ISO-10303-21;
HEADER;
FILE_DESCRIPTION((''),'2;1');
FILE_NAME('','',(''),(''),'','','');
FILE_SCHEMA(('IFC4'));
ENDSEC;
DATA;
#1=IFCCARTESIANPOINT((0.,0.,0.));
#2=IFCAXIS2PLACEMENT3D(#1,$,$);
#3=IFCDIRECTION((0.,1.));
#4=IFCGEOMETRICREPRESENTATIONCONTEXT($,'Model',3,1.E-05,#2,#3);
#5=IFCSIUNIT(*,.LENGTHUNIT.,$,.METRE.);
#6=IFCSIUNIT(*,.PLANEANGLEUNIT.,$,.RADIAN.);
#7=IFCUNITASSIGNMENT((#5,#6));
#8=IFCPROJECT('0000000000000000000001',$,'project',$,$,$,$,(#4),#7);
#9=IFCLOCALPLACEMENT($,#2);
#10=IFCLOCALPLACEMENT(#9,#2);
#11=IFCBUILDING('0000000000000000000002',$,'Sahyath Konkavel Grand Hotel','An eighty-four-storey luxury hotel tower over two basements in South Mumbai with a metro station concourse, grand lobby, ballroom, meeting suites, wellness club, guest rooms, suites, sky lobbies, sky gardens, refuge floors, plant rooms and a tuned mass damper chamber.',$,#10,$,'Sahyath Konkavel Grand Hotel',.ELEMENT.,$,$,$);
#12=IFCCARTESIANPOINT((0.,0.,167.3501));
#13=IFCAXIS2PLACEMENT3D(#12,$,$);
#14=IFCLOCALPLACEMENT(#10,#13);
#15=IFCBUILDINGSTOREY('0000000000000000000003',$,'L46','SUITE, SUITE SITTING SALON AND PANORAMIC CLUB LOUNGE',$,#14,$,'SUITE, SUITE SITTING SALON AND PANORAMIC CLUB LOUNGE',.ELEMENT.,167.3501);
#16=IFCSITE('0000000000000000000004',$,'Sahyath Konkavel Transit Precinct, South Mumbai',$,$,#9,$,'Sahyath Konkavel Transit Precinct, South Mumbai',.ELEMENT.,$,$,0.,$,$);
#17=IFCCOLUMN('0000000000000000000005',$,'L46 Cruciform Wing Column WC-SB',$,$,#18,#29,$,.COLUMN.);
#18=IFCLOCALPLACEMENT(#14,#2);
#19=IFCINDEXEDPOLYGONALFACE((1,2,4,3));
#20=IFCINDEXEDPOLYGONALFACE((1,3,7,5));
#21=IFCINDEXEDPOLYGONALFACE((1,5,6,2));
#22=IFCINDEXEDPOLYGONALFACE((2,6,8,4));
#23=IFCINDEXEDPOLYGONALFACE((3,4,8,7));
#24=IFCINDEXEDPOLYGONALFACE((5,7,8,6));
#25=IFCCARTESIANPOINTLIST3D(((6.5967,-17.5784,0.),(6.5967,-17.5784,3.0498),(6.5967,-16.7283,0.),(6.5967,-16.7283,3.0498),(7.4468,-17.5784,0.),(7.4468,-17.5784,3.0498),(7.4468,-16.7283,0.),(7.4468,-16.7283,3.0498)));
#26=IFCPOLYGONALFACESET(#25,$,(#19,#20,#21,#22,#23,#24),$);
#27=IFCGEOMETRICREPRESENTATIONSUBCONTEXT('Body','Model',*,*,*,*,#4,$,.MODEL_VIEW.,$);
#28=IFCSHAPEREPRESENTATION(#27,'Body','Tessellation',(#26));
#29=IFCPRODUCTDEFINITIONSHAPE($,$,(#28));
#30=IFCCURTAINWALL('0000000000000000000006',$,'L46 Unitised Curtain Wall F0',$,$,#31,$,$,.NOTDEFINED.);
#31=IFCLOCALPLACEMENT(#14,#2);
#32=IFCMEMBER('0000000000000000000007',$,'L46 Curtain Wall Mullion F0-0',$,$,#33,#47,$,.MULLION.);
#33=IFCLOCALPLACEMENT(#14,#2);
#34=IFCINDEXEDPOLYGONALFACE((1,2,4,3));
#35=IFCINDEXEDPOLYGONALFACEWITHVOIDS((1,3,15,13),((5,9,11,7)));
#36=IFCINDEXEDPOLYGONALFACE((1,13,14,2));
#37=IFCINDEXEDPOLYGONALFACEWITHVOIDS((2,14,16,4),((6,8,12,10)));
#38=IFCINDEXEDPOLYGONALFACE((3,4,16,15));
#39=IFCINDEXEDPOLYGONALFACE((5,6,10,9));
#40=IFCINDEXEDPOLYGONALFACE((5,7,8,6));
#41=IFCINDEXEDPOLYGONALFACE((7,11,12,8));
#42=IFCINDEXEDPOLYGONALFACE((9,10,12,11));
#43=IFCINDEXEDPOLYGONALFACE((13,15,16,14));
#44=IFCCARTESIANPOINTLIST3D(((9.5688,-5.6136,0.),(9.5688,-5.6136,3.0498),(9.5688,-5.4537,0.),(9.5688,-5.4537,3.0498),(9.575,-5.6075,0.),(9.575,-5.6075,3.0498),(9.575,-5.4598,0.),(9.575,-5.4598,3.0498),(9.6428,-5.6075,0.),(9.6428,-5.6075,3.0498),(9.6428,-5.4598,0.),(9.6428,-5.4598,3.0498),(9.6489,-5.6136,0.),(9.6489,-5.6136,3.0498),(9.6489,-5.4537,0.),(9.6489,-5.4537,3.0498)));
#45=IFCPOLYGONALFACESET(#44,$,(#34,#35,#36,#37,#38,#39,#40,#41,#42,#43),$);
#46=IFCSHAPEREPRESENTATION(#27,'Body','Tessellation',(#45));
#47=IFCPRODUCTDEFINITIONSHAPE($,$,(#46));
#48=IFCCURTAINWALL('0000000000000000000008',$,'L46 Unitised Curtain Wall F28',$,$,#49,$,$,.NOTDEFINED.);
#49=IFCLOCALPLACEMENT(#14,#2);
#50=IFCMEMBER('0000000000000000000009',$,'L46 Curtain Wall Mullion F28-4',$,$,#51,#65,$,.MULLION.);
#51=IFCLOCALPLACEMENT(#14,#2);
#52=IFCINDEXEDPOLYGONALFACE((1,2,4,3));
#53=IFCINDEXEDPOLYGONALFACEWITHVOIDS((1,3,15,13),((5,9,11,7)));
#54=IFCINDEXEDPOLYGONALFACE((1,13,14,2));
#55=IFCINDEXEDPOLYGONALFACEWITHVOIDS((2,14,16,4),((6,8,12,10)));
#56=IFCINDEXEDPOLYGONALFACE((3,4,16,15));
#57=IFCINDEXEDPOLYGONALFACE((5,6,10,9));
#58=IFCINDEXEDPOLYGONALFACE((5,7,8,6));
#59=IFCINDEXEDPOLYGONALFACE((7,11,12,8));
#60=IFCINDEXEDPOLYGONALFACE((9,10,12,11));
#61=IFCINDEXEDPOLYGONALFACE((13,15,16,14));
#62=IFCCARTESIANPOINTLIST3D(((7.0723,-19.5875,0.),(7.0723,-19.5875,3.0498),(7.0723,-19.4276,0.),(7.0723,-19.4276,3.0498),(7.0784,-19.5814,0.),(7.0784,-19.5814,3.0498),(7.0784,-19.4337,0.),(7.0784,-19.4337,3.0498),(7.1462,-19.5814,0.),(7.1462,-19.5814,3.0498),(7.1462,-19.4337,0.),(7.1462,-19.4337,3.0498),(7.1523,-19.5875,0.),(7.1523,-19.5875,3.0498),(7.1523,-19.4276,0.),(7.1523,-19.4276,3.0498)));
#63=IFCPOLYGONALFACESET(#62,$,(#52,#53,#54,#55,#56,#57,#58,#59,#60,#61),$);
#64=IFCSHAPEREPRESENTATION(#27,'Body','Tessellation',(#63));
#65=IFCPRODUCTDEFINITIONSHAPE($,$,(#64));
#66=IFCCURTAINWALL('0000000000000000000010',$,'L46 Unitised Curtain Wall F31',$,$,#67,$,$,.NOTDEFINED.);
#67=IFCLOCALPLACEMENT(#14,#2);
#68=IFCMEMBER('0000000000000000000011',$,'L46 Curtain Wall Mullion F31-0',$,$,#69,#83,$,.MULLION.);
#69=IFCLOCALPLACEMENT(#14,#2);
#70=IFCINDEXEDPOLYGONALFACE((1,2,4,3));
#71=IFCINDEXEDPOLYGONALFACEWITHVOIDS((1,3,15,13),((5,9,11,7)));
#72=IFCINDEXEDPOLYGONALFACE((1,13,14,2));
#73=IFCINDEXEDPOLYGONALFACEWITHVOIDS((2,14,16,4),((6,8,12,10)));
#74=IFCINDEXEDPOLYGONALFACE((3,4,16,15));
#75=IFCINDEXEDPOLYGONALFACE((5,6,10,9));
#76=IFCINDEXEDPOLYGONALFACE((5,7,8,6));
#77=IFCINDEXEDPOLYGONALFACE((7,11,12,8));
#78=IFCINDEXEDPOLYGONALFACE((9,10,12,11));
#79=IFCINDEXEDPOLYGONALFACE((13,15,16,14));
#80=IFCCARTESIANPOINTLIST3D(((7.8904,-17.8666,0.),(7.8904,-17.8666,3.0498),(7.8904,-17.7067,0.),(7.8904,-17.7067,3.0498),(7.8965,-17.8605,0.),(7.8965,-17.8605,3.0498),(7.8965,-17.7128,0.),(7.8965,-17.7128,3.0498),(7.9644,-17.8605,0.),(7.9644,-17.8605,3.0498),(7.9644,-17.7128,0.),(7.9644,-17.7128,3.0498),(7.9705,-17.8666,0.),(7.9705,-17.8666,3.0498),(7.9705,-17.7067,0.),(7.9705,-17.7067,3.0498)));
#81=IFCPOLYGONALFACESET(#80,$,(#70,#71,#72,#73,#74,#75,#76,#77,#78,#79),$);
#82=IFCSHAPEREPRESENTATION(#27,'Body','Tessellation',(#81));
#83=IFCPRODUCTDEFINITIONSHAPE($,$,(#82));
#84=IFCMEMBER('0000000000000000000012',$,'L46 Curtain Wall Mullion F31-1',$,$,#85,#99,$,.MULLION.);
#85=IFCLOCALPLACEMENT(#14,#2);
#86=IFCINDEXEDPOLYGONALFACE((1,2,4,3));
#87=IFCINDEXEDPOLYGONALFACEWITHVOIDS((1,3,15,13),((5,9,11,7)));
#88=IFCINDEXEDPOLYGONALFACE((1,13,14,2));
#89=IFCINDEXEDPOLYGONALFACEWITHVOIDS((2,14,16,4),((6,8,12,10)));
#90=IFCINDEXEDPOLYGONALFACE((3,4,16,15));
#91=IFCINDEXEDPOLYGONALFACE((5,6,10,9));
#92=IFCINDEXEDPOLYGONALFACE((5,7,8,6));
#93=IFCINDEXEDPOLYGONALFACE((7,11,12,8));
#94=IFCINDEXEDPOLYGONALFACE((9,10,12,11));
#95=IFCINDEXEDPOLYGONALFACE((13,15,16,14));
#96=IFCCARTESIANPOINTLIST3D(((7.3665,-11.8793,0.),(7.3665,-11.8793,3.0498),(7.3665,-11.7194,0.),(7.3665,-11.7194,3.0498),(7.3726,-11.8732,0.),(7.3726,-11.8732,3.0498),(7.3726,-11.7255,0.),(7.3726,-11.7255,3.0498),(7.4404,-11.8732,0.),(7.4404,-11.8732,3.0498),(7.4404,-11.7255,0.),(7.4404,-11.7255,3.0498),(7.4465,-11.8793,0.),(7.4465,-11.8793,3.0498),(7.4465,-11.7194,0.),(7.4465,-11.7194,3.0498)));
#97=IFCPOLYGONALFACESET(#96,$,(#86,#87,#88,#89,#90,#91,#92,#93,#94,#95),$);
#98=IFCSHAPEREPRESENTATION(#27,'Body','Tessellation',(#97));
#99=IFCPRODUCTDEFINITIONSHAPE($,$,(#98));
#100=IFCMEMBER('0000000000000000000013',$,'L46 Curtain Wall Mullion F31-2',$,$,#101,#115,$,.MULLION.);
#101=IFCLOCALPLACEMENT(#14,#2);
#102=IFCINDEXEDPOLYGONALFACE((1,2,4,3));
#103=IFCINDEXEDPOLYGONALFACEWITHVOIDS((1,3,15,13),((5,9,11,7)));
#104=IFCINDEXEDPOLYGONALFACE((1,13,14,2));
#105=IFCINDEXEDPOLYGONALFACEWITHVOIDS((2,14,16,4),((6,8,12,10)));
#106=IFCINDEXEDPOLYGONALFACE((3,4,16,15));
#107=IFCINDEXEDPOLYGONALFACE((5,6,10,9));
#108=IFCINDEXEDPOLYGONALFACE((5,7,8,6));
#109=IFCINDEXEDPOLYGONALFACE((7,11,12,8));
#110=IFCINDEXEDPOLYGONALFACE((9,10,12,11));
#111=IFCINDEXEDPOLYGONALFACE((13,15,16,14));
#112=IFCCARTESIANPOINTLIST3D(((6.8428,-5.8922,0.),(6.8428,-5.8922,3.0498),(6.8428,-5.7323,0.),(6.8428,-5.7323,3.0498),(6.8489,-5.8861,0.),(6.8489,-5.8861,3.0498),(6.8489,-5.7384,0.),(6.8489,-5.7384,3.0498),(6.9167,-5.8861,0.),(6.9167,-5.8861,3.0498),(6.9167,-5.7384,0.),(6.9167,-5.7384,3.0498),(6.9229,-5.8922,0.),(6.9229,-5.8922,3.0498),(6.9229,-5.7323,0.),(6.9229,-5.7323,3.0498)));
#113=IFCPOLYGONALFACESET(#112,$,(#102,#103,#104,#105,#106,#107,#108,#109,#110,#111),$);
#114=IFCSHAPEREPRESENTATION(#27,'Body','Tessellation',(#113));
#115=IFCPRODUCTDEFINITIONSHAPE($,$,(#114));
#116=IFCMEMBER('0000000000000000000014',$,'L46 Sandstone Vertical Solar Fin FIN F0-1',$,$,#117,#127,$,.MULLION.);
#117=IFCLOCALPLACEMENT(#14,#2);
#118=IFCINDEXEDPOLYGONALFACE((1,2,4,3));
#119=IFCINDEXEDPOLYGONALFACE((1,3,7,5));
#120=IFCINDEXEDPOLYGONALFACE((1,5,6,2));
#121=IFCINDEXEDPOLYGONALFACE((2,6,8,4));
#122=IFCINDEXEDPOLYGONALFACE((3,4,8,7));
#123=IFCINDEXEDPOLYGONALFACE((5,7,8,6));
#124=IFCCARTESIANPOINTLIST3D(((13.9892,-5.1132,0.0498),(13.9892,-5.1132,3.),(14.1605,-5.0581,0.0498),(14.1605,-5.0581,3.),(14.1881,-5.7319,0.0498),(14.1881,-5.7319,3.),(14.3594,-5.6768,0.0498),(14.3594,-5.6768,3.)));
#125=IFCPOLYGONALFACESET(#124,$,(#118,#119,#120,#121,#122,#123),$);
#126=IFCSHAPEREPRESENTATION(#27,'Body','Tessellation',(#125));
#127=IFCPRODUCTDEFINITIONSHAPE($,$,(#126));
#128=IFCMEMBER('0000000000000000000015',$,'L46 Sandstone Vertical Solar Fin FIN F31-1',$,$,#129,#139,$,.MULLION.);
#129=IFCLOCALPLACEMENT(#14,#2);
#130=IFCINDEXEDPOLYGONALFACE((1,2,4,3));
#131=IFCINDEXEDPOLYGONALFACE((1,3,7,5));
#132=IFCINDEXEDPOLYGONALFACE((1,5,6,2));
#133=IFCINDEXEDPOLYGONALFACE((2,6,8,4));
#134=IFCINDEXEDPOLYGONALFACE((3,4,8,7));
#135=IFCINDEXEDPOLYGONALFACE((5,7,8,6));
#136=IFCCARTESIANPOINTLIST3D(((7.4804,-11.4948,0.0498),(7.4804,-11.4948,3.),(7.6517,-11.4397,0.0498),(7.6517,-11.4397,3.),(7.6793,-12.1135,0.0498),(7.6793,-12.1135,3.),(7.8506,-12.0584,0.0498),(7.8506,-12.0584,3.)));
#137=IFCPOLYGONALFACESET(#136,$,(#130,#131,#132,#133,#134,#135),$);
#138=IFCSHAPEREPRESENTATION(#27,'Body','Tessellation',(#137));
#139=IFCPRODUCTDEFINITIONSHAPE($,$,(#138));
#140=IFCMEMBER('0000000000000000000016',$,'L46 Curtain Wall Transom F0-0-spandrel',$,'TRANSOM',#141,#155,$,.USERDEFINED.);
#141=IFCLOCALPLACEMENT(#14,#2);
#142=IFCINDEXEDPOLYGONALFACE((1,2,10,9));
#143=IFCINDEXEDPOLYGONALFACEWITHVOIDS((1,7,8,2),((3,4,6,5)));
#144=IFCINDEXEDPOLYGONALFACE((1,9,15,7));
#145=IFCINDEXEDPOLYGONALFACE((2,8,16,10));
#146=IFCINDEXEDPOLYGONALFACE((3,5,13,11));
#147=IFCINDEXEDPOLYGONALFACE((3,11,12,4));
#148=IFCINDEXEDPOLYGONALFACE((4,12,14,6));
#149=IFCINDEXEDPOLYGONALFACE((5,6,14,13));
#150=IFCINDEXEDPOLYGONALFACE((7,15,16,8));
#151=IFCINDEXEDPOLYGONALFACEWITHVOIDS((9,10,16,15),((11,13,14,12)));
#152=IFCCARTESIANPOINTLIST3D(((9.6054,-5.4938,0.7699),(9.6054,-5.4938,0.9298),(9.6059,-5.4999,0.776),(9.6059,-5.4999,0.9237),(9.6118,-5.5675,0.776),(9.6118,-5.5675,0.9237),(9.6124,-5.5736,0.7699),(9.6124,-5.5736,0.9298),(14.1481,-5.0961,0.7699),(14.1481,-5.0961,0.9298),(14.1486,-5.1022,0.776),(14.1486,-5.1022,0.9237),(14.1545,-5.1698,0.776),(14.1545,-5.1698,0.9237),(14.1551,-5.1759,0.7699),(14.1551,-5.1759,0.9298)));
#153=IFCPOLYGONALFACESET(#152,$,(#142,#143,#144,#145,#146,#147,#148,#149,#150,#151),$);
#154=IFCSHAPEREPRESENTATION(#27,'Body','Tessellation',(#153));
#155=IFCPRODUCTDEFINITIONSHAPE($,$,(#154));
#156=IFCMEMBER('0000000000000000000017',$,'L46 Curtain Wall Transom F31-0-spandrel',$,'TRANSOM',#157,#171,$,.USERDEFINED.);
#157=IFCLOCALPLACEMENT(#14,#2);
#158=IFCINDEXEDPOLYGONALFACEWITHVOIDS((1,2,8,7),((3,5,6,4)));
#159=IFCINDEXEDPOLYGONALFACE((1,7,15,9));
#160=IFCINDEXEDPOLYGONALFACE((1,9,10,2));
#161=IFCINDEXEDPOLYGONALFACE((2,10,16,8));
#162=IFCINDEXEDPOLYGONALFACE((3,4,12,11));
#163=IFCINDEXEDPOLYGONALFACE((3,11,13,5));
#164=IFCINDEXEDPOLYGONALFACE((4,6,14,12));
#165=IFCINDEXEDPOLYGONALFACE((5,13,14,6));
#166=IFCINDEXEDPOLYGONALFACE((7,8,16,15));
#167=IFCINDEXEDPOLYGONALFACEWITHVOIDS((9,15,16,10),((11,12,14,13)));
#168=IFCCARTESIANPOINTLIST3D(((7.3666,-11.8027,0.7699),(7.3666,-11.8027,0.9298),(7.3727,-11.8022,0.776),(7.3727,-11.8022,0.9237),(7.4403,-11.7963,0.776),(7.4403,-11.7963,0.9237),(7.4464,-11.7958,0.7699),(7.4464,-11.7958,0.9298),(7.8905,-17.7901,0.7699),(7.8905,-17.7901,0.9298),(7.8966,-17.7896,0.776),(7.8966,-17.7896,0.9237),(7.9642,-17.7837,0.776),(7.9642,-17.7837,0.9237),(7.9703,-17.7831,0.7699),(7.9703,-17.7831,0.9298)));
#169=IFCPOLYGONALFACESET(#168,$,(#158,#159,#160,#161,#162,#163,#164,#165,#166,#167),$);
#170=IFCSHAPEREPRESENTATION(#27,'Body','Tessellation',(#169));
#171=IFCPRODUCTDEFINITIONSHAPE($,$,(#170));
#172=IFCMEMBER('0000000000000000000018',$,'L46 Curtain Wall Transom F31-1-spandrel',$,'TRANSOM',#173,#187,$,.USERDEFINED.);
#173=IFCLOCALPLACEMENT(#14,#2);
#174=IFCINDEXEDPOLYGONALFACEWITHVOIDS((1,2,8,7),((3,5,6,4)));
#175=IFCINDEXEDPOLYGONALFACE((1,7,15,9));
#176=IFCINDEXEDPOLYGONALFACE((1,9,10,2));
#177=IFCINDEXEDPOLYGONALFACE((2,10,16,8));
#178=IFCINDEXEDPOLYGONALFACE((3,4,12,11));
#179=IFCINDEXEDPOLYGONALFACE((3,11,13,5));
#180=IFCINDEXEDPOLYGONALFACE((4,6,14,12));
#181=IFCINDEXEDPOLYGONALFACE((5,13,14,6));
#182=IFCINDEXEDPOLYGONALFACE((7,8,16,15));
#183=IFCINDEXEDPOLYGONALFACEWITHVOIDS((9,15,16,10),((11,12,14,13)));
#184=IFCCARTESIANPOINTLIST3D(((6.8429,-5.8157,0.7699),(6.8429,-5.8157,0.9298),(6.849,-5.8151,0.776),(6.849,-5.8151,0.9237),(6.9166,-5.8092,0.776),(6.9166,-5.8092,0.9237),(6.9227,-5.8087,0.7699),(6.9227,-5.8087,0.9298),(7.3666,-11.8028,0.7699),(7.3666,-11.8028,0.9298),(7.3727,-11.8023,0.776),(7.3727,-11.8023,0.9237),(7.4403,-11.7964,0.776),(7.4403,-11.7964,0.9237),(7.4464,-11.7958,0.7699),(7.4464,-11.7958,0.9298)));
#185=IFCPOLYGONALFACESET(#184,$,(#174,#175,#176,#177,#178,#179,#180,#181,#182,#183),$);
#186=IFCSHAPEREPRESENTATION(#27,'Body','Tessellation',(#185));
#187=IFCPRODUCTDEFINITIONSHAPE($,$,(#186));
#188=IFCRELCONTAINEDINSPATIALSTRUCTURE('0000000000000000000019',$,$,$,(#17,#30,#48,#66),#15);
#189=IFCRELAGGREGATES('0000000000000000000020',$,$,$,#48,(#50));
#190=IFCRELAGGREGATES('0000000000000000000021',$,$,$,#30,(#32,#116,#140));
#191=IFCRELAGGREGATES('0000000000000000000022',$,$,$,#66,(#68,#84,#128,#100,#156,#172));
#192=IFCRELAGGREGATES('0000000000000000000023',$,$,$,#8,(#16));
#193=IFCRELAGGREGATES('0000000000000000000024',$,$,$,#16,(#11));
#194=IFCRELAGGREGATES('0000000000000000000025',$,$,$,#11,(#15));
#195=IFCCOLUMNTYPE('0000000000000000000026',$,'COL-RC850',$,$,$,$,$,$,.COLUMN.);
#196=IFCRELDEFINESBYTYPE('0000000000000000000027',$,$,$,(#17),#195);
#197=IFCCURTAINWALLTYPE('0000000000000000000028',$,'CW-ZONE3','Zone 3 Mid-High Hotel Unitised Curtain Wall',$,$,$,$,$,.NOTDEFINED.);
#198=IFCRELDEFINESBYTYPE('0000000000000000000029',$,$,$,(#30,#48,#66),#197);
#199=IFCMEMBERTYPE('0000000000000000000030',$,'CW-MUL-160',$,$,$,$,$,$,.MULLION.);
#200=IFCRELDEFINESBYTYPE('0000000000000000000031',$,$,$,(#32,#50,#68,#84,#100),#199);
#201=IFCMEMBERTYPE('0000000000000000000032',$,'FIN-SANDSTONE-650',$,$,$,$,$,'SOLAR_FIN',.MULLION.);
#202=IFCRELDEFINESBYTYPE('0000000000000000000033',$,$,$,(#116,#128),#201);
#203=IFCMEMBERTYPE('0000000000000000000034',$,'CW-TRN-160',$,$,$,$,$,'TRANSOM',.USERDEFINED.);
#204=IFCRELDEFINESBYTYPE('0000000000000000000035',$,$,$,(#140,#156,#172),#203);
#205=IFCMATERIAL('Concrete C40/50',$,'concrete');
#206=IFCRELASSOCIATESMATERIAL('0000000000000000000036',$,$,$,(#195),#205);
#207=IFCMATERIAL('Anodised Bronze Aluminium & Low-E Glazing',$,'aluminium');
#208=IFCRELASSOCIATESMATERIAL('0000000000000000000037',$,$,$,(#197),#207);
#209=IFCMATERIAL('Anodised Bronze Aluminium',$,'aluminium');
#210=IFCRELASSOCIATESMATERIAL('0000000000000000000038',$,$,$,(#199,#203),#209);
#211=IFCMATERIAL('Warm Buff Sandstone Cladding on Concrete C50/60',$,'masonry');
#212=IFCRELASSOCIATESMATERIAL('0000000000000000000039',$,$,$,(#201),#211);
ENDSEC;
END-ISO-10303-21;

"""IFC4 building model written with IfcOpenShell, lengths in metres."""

from ifc_helpers import new_model, si_unit, direction, frame, origin, origin_2d, place, context, subcontext, project, spatial, rectangle, hollow_rectangle, extrude, source, transform, mapped, material, material_profile, profile_set, type_object, element, aggregate, save


model = new_model("IFC4")

# Units and contexts
model_context = context("Model", 3, precision=1e-05, world=origin(), true_north=direction((0.0, 1.0)))
body_context = subcontext(model_context, "Body", "Model", "MODEL_VIEW")
ifc_project = project(units=[si_unit("LENGTHUNIT", "METRE"), si_unit("PLANEANGLEUNIT", "RADIAN")], contexts=[model_context])

# Site, building, storey
site_placement = place(None, origin())
site = spatial("IfcSite", under=ifc_project, at=site_placement, Name="Sahyath Konkavel Transit Precinct, South Mumbai", LongName="Sahyath Konkavel Transit Precinct, South Mumbai", CompositionType="ELEMENT", RefElevation=0.0)
building_placement = place(site_placement, origin())
building = spatial("IfcBuilding", under=site, at=building_placement, Name="Sahyath Konkavel Grand Hotel", Description="An eighty-four-storey luxury hotel tower over two basements in South Mumbai with a metro station concourse, grand lobby, ballroom, meeting suites, wellness club, guest rooms, suites, sky lobbies, sky gardens, refuge floors, plant rooms and a tuned mass damper chamber.", LongName="Sahyath Konkavel Grand Hotel", CompositionType="ELEMENT")
storey_placement = place(building_placement, frame((0.0, 0.0, 167.3501)))
storey = spatial("IfcBuildingStorey", under=building, at=storey_placement, Name="L46", Description="SUITE, SUITE SITTING SALON AND PANORAMIC CLUB LOUNGE", LongName="SUITE, SUITE SITTING SALON AND PANORAMIC CLUB LOUNGE", CompositionType="ELEMENT", Elevation=167.3501)

# Column
ifc_material_1 = material(Name="Concrete C40/50", Category="concrete")
ifc_material_profile_1 = material_profile(ifc_material_1, rectangle(XDim=0.8501, YDim=0.8501, at=origin_2d()), Name="RC 850x850")
ifc_profile_set_1 = profile_set([ifc_material_profile_1], Name="Concrete C40/50")
column_type = type_object("IfcColumnType", Name="COL-RC850", PredefinedType="COLUMN", material=ifc_profile_set_1)
shared_shape_1 = source(origin(), body_context, "Body", "SweptSolid", [
    extrude(rectangle(XDim=0.8501, YDim=0.8501, at=origin_2d()), origin(), (0.0, 0.0, 1.0), 3.0498),
])
column_placement = place(storey_placement, frame((7.0217, -17.1533, 0.0), z_axis=(0.0, 0.0, 1.0), x_axis=(1.0, 0.0, 0.0)))
element("IfcColumn", 1, at=column_placement, inside=storey, type_object=column_type, Name="L46 Cruciform Wing Column WC-SB", PredefinedType="COLUMN", context=body_context, shape_type="MappedRepresentation", body=[
    mapped(shared_shape_1, transform((0.0, 0.0, 0.0), scale=1.0)),
])

# Curtain walls, members
ifc_material_2 = material(Name="Anodised Bronze Aluminium & Low-E Glazing", Category="aluminium")
curtain_wall_type = type_object("IfcCurtainWallType", Name="CW-ZONE3", Description="Zone 3 Mid-High Hotel Unitised Curtain Wall", PredefinedType="NOTDEFINED", material=ifc_material_2)
curtain_wall_1_placement = place(storey_placement, origin())
curtain_wall_1 = element("IfcCurtainWall", 2, at=curtain_wall_1_placement, inside=storey, type_object=curtain_wall_type, Name="L46 Unitised Curtain Wall F0", PredefinedType="NOTDEFINED")
ifc_material_3 = material(Name="Anodised Bronze Aluminium", Category="aluminium")
ifc_material_profile_2 = material_profile(ifc_material_3, hollow_rectangle(XDim=0.0801, YDim=0.1599, WallThickness=0.0061, at=origin_2d()), Name="RHS 160x80x6")
ifc_profile_set_2 = profile_set([ifc_material_profile_2], Name="Anodised Bronze Aluminium")
member_type_1 = type_object("IfcMemberType", Name="CW-MUL-160", PredefinedType="MULLION", material=ifc_profile_set_2)
shared_shape_2 = source(origin(), body_context, "Body", "SweptSolid", [
    extrude(hollow_rectangle(XDim=0.0801, YDim=0.1599, WallThickness=0.0061, at=origin_2d()), origin(), (0.0, 0.0, 1.0), 3.0498),
])
member_1_placement = place(storey_placement, frame((9.6089, -5.5337, 0.0), z_axis=(0.0, 0.0, 1.0), x_axis=(1.0, 0.0, 0.0)))
member_1 = element("IfcMember", 3, at=member_1_placement, type_object=member_type_1, Name="L46 Curtain Wall Mullion F0-0", PredefinedType="MULLION", context=body_context, shape_type="MappedRepresentation", body=[
    mapped(shared_shape_2, transform((0.0, 0.0, 0.0), scale=1.0)),
])
curtain_wall_2_placement = place(storey_placement, origin())
curtain_wall_2 = element("IfcCurtainWall", 4, at=curtain_wall_2_placement, inside=storey, type_object=curtain_wall_type, Name="L46 Unitised Curtain Wall F28", PredefinedType="NOTDEFINED")
member_2_placement = place(storey_placement, frame((7.1123, -19.5076, 0.0), z_axis=(0.0, 0.0, 1.0), x_axis=(1.0, 0.0, 0.0)))
member_2 = element("IfcMember", 5, at=member_2_placement, type_object=member_type_1, Name="L46 Curtain Wall Mullion F28-4", PredefinedType="MULLION", context=body_context, shape_type="MappedRepresentation", body=[
    mapped(shared_shape_2, transform((0.0, 0.0, 0.0), scale=1.0)),
])
aggregate(curtain_wall_2, [member_2])

# Curtain wall, members
curtain_wall_3_placement = place(storey_placement, origin())
curtain_wall_3 = element("IfcCurtainWall", 6, at=curtain_wall_3_placement, inside=storey, type_object=curtain_wall_type, Name="L46 Unitised Curtain Wall F31", PredefinedType="NOTDEFINED")
member_3_placement = place(storey_placement, frame((7.9304, -17.7866, 0.0), z_axis=(0.0, 0.0, 1.0), x_axis=(1.0, 0.0, 0.0)))
member_3 = element("IfcMember", 7, at=member_3_placement, type_object=member_type_1, Name="L46 Curtain Wall Mullion F31-0", PredefinedType="MULLION", context=body_context, shape_type="MappedRepresentation", body=[
    mapped(shared_shape_2, transform((0.0, 0.0, 0.0), scale=1.0)),
])
member_4_placement = place(storey_placement, frame((7.4065, -11.7993, 0.0), z_axis=(0.0, 0.0, 1.0), x_axis=(1.0, 0.0, 0.0)))
member_4 = element("IfcMember", 8, at=member_4_placement, type_object=member_type_1, Name="L46 Curtain Wall Mullion F31-1", PredefinedType="MULLION", context=body_context, shape_type="MappedRepresentation", body=[
    mapped(shared_shape_2, transform((0.0, 0.0, 0.0), scale=1.0)),
])
member_5_placement = place(storey_placement, frame((6.8828, -5.8123, 0.0), z_axis=(0.0, 0.0, 1.0), x_axis=(1.0, 0.0, 0.0)))
member_5 = element("IfcMember", 9, at=member_5_placement, type_object=member_type_1, Name="L46 Curtain Wall Mullion F31-2", PredefinedType="MULLION", context=body_context, shape_type="MappedRepresentation", body=[
    mapped(shared_shape_2, transform((0.0, 0.0, 0.0), scale=1.0)),
])

# Members
ifc_material_4 = material(Name="Warm Buff Sandstone Cladding on Concrete C50/60", Category="masonry")
ifc_material_profile_3 = material_profile(ifc_material_4, rectangle(XDim=0.1799, YDim=0.6499, at=origin_2d()), Name="FIN 180x650")
ifc_profile_set_3 = profile_set([ifc_material_profile_3], Name="Warm Buff Sandstone Cladding on Concrete C50/60")
member_type_2 = type_object("IfcMemberType", Name="FIN-SANDSTONE-650", ElementType="SOLAR_FIN", PredefinedType="MULLION", material=ifc_profile_set_3)
shared_shape_3 = source(origin(), body_context, "Body", "SweptSolid", [
    extrude(rectangle(XDim=0.1799, YDim=0.6499, at=origin_2d()), origin(), (0.0, 0.0, 1.0), 2.9502),
])
member_6_placement = place(storey_placement, frame((14.1743, -5.395, 0.0498), z_axis=(0.0, 0.0, 1.0), x_axis=(0.952023, 0.306028, 0.0)))
member_6 = element("IfcMember", 10, at=member_6_placement, type_object=member_type_2, Name="L46 Sandstone Vertical Solar Fin FIN F0-1", PredefinedType="MULLION", context=body_context, shape_type="MappedRepresentation", body=[
    mapped(shared_shape_3, transform((0.0, 0.0, 0.0), scale=1.0)),
])
member_7_placement = place(storey_placement, frame((7.6655, -11.7766, 0.0498), z_axis=(0.0, 0.0, 1.0), x_axis=(0.952023, 0.306028, 0.0)))
member_7 = element("IfcMember", 11, at=member_7_placement, type_object=member_type_2, Name="L46 Sandstone Vertical Solar Fin FIN F31-1", PredefinedType="MULLION", context=body_context, shape_type="MappedRepresentation", body=[
    mapped(shared_shape_3, transform((0.0, 0.0, 0.0), scale=1.0)),
])
ifc_material_profile_4 = material_profile(ifc_material_3, hollow_rectangle(XDim=0.0801, YDim=0.1599, WallThickness=0.0061, at=origin_2d()), Name="RHS 160x80x6")
ifc_profile_set_4 = profile_set([ifc_material_profile_4], Name="Anodised Bronze Aluminium")
member_type_3 = type_object("IfcMemberType", Name="CW-TRN-160", ElementType="TRANSOM", PredefinedType="USERDEFINED", material=ifc_profile_set_4)
shared_shape_4 = source(origin(), body_context, "Body", "SweptSolid", [
    extrude(hollow_rectangle(XDim=0.0801, YDim=0.1599, WallThickness=0.0061, at=origin_2d()), origin(), (0.0, 0.0, 1.0), 4.5601),
])
member_8_placement = place(storey_placement, frame((9.6089, -5.5337, 0.8499), z_axis=(0.99619, 0.087214, 0.0), x_axis=(-0.087214, 0.99619, 0.0)))
member_8 = element("IfcMember", 12, at=member_8_placement, type_object=member_type_3, Name="L46 Curtain Wall Transom F0-0-spandrel", ObjectType="TRANSOM", PredefinedType="USERDEFINED", context=body_context, shape_type="MappedRepresentation", body=[
    mapped(shared_shape_4, transform((0.0, 0.0, 0.0), scale=1.0)),
])
shared_shape_5 = source(origin(), body_context, "Body", "SweptSolid", [
    extrude(hollow_rectangle(XDim=0.0801, YDim=0.1599, WallThickness=0.0061, at=origin_2d()), origin(), (0.0, 0.0, 1.0), 6.0103),
])
member_9_placement = place(storey_placement, frame((7.9304, -17.7866, 0.8499), z_axis=(-0.087173, 0.996193, 0.0), x_axis=(-0.996193, -0.087173, 0.0)))
member_9 = element("IfcMember", 13, at=member_9_placement, type_object=member_type_3, Name="L46 Curtain Wall Transom F31-0-spandrel", ObjectType="TRANSOM", PredefinedType="USERDEFINED", context=body_context, shape_type="MappedRepresentation", body=[
    mapped(shared_shape_5, transform((0.0, 0.0, 0.0), scale=1.0)),
])
shared_shape_6 = source(origin(), body_context, "Body", "SweptSolid", [
    extrude(hollow_rectangle(XDim=0.0801, YDim=0.1599, WallThickness=0.0061, at=origin_2d()), origin(), (0.0, 0.0, 1.0), 6.01),
])
member_10_placement = place(storey_placement, frame((7.4065, -11.7993, 0.8499), z_axis=(-0.087136, 0.996196, 0.0), x_axis=(-0.996196, -0.087136, 0.0)))
member_10 = element("IfcMember", 14, at=member_10_placement, type_object=member_type_3, Name="L46 Curtain Wall Transom F31-1-spandrel", ObjectType="TRANSOM", PredefinedType="USERDEFINED", context=body_context, shape_type="MappedRepresentation", body=[
    mapped(shared_shape_6, transform((0.0, 0.0, 0.0), scale=1.0)),
])

aggregate(curtain_wall_1, [member_1, member_6, member_8])
aggregate(curtain_wall_3, [member_3, member_4, member_7, member_5, member_9, member_10])

save(model, "model.ifc")
